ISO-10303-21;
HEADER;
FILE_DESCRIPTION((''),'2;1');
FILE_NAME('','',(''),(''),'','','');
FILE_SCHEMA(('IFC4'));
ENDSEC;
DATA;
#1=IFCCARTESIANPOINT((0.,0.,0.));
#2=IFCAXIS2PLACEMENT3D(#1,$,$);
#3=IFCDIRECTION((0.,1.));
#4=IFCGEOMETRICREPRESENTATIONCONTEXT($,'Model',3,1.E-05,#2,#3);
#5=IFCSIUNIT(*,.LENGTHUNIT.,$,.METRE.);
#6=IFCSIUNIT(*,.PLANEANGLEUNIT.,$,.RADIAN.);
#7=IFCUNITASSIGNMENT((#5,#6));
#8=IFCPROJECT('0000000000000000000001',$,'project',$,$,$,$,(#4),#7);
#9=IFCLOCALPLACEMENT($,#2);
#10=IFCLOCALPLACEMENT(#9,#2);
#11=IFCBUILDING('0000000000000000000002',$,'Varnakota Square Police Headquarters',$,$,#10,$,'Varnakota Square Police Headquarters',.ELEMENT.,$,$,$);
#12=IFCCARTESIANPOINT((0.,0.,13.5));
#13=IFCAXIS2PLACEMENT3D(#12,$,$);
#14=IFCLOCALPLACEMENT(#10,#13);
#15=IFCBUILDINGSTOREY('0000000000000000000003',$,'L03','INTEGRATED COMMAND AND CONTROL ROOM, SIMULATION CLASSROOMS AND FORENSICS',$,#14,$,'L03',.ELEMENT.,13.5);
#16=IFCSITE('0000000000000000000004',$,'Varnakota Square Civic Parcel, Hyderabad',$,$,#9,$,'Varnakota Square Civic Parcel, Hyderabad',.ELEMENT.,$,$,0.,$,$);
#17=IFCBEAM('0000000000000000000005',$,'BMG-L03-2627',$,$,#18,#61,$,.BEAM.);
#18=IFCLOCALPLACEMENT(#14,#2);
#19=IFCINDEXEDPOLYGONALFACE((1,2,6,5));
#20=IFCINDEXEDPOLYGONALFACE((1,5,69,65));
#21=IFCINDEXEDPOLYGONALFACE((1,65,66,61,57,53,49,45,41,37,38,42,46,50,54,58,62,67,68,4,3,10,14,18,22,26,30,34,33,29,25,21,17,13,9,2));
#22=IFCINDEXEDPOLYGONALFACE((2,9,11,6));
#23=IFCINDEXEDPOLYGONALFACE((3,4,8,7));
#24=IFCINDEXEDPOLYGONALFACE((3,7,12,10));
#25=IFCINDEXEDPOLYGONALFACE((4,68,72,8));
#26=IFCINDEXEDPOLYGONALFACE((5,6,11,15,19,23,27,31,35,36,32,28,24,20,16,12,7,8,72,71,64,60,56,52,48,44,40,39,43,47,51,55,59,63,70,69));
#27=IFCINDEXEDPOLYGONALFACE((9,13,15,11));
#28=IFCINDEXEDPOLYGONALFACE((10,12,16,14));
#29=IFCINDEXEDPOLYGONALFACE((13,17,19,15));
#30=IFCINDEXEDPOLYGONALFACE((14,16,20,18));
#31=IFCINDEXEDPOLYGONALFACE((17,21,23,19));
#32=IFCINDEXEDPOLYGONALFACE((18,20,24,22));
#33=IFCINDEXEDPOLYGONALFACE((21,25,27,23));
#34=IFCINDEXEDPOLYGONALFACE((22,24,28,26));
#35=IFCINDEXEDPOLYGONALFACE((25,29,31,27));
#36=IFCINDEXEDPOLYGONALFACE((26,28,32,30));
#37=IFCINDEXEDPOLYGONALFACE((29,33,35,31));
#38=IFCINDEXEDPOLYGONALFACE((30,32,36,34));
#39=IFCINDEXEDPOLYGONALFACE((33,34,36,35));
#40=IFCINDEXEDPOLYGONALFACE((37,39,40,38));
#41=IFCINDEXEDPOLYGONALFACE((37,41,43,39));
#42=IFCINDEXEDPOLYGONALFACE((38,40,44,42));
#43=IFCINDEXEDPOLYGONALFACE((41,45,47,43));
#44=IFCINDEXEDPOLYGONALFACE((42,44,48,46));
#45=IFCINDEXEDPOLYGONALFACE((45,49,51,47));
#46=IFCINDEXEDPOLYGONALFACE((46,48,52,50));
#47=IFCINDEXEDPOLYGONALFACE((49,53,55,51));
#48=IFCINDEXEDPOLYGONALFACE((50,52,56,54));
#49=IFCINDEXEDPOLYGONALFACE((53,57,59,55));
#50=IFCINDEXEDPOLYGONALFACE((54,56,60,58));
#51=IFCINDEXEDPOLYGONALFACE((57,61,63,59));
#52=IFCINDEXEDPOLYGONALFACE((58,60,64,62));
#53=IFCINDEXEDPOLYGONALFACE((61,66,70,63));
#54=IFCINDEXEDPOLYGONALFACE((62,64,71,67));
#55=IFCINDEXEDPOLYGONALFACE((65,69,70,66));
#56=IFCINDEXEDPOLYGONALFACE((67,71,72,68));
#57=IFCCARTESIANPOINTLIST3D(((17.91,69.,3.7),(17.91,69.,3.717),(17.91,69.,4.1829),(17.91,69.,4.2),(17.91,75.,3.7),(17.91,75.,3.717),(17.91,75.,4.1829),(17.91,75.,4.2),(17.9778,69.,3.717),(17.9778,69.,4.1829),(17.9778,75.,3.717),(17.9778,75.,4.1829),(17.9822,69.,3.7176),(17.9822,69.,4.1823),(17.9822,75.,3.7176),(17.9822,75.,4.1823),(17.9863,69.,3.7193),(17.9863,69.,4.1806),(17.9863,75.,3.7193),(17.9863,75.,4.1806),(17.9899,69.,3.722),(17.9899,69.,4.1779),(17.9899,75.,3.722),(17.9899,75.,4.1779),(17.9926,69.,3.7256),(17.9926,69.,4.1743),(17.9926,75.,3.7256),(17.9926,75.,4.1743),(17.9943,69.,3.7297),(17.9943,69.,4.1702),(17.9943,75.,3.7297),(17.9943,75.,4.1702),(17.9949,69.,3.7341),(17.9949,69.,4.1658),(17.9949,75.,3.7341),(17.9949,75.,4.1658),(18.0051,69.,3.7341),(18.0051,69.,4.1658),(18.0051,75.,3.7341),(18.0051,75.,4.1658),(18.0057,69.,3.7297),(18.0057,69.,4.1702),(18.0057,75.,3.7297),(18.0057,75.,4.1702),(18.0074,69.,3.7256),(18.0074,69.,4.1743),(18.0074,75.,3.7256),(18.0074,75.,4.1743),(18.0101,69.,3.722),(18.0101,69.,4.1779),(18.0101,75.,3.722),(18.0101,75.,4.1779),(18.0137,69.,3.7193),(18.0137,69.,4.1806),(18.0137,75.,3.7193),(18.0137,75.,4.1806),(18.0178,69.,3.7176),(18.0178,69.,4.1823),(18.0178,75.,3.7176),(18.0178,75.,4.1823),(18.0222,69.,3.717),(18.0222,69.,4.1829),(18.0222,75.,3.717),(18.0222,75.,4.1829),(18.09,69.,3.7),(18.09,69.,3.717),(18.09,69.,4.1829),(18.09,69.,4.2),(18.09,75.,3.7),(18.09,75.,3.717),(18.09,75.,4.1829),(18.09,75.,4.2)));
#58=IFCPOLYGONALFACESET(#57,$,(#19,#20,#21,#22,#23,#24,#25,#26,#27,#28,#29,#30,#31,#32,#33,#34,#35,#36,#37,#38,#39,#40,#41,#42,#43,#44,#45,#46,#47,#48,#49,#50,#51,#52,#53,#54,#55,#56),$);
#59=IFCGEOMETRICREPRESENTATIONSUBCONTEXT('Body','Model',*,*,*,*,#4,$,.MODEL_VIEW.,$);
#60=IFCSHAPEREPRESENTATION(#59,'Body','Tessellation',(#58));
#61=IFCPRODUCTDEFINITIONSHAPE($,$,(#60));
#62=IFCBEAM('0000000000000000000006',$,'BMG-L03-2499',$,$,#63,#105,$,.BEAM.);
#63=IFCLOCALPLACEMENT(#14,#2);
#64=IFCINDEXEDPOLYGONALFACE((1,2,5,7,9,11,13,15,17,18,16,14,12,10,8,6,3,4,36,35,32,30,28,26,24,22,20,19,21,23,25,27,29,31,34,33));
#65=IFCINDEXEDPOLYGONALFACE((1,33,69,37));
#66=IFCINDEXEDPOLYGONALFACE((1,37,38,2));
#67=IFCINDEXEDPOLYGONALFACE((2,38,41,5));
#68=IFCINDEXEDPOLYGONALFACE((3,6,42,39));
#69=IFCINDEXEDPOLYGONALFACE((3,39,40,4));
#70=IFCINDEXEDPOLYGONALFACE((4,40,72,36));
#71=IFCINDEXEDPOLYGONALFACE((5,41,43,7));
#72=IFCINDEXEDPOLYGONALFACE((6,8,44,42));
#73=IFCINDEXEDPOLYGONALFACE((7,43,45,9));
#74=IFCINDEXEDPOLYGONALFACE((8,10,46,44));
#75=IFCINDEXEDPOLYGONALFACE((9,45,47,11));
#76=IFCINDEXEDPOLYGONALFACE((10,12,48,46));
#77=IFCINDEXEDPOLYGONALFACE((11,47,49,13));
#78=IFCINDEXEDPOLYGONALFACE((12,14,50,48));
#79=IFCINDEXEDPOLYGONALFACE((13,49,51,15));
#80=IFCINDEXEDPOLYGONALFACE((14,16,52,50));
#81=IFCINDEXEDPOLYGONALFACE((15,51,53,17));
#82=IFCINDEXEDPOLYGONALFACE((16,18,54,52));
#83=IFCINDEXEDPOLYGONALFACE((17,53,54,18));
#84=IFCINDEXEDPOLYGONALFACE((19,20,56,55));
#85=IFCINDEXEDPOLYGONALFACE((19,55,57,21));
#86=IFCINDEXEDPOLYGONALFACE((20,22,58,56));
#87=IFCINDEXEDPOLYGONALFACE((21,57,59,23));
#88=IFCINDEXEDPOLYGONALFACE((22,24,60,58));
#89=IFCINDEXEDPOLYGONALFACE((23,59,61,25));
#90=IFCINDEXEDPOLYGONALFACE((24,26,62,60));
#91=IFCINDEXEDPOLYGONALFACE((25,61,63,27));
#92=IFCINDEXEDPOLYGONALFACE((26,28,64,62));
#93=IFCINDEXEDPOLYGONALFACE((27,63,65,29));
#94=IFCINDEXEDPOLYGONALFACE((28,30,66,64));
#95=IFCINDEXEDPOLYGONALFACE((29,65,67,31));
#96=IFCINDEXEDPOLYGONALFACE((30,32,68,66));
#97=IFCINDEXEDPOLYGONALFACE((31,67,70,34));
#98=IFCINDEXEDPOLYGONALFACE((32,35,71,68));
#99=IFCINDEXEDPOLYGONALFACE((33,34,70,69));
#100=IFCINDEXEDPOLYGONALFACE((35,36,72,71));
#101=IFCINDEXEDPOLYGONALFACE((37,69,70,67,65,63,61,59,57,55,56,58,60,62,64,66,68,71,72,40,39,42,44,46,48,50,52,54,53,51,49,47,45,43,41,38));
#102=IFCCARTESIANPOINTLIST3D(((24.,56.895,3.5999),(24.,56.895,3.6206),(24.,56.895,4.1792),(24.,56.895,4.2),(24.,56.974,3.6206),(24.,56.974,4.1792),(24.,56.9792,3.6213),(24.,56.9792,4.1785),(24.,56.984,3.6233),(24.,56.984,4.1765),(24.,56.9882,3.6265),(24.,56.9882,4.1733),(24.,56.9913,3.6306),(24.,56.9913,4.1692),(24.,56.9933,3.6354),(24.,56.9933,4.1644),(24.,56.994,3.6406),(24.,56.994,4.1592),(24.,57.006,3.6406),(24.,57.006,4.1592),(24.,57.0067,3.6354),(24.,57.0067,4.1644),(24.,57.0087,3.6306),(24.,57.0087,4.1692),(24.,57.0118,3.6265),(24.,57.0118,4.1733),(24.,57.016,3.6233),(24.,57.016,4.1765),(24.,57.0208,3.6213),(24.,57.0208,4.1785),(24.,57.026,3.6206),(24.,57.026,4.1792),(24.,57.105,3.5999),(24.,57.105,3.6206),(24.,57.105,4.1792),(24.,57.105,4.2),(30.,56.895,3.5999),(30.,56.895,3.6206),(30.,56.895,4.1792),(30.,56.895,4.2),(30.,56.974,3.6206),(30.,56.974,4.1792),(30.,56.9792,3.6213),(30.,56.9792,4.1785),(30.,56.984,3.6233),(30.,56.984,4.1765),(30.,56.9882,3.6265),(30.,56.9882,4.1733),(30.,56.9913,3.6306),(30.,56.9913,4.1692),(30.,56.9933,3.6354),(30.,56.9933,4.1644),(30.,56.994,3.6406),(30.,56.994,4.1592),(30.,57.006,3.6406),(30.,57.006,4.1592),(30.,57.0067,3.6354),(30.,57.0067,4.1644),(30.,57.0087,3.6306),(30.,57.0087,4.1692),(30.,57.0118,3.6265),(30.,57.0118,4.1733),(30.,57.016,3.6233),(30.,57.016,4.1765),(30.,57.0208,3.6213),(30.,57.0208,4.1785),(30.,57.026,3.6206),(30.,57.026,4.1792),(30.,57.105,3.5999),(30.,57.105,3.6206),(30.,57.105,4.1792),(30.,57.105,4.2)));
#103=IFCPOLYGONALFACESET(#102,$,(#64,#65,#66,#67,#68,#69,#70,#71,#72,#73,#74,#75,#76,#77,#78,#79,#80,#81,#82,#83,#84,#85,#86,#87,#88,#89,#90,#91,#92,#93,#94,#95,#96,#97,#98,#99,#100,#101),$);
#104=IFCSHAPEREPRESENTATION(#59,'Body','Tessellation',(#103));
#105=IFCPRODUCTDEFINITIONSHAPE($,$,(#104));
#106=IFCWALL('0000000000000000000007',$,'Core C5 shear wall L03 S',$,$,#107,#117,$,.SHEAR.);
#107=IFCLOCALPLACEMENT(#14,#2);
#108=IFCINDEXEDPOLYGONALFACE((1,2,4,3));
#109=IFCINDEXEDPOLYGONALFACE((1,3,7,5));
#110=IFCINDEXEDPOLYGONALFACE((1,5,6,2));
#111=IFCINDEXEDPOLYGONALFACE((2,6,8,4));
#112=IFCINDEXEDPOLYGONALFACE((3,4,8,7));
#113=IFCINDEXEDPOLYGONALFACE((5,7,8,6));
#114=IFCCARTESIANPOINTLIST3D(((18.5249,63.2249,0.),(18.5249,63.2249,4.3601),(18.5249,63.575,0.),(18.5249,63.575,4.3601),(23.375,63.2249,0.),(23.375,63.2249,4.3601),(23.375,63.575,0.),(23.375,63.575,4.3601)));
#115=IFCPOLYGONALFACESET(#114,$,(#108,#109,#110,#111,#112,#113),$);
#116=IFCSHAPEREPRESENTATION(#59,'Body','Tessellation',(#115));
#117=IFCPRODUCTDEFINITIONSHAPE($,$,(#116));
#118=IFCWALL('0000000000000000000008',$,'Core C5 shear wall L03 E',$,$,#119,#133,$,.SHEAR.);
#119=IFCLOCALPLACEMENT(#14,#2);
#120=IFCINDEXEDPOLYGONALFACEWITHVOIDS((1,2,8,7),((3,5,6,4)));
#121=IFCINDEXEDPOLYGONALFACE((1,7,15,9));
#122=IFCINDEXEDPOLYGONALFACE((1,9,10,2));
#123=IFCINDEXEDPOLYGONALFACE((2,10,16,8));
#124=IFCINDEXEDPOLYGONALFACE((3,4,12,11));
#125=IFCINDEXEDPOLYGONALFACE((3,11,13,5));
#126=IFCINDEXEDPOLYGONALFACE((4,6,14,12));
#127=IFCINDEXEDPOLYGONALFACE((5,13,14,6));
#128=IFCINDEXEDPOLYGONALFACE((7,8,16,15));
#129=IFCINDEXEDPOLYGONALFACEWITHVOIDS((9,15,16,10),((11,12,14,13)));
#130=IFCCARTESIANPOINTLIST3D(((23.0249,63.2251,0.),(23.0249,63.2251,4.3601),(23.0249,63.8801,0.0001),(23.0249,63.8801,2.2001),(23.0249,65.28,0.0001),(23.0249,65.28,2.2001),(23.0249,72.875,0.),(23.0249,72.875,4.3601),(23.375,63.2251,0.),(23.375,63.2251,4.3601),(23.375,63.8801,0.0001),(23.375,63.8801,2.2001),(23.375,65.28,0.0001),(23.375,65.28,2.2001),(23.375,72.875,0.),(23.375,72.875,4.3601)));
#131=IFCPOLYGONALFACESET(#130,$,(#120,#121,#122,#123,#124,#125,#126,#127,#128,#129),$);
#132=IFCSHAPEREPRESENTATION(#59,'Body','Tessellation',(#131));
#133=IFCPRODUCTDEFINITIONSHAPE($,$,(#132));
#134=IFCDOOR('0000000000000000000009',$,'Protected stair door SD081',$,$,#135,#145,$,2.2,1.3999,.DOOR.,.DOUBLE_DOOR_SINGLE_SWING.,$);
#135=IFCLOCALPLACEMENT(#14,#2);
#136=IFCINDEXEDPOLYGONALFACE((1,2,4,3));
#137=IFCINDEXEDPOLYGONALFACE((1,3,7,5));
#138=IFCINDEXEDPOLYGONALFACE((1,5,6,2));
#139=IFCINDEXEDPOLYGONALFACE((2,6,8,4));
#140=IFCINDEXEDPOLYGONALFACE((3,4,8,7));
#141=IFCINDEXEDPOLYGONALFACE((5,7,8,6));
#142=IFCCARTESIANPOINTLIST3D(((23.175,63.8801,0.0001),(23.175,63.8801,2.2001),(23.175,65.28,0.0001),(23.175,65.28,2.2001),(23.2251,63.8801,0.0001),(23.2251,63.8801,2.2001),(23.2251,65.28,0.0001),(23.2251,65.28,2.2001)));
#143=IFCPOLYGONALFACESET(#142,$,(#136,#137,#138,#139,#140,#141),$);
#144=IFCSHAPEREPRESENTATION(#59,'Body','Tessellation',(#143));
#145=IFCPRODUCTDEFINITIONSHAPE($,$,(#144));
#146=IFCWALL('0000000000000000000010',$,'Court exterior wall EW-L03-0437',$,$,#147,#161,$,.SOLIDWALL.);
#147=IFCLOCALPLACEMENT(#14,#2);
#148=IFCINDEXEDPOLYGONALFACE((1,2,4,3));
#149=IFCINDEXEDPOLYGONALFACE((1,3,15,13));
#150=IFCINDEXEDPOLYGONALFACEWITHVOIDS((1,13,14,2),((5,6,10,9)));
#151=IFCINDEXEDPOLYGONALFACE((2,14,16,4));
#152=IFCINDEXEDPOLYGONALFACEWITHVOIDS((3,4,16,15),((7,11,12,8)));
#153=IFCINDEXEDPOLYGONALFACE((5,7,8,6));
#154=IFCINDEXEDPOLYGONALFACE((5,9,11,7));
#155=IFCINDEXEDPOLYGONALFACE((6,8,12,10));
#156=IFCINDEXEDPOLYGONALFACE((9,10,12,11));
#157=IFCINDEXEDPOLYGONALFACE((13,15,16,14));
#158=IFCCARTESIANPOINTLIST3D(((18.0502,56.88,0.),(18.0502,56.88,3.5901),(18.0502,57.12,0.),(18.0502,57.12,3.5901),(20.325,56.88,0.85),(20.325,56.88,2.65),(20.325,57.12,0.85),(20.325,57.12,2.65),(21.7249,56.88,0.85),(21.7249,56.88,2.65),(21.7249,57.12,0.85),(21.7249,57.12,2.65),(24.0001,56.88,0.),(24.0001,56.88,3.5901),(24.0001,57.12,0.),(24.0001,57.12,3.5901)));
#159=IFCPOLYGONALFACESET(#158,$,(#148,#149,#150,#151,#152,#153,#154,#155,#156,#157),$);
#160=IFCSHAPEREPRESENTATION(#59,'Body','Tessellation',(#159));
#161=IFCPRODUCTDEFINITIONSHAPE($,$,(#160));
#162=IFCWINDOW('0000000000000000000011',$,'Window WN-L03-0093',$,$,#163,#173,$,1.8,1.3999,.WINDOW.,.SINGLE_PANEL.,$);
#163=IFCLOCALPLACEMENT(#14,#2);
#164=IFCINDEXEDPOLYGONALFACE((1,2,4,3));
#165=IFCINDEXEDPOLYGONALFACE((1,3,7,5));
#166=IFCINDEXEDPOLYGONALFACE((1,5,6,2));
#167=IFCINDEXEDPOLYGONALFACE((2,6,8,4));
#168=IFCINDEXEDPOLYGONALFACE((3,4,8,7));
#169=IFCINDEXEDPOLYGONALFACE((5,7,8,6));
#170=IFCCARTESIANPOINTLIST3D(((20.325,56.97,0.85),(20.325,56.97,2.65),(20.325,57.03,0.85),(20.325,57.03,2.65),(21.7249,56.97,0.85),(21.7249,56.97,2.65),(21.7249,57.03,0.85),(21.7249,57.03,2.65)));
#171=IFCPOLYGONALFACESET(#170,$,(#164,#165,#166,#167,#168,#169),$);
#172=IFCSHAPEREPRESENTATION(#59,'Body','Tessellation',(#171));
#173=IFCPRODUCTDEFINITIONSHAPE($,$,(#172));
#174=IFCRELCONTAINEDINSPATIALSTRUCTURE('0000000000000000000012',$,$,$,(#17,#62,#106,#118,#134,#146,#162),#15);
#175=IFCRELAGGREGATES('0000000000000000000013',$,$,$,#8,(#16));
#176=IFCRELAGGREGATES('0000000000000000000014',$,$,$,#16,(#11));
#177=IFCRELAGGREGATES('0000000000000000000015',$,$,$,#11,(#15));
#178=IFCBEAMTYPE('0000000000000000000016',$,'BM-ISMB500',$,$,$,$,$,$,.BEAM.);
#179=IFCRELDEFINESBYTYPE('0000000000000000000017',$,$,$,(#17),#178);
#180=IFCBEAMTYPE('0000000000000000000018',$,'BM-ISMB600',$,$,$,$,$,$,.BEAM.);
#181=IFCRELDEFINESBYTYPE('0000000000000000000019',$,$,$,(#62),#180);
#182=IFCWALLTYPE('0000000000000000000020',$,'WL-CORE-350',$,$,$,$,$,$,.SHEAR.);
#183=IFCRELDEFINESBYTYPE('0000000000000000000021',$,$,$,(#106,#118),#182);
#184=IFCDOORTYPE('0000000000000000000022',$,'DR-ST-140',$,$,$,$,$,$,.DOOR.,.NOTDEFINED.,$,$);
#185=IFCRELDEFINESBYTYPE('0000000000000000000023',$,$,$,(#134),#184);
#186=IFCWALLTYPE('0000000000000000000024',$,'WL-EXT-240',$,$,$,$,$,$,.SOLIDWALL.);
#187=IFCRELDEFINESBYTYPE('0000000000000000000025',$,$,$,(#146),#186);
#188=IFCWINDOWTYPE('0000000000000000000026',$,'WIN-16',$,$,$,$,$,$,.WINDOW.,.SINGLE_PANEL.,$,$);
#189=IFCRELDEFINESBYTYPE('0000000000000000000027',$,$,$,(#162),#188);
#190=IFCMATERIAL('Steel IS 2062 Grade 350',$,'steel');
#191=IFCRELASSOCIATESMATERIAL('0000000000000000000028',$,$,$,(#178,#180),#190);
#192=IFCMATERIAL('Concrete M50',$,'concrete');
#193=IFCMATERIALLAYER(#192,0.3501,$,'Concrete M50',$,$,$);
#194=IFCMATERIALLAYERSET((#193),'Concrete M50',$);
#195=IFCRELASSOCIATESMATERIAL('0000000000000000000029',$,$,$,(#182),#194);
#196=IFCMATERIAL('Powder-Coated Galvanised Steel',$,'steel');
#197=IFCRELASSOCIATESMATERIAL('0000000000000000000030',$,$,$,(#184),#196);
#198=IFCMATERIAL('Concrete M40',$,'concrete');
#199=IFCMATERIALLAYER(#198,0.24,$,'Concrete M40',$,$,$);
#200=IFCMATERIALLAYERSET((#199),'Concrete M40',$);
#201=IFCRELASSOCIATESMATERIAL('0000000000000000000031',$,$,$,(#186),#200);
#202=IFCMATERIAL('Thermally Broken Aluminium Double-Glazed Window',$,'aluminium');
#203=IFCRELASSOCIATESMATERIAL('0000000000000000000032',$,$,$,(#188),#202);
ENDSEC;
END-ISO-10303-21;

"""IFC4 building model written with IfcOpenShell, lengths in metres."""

from ifc_helpers import new_model, si_unit, direction, frame, frame_2d, origin, origin_2d, place, context, subcontext, project, spatial, rectangle, i_section, extrude, material, layer, layer_set, material_profile, profile_set, type_object, element, fill, save


model = new_model("IFC4")

# Units and contexts
model_context = context("Model", 3, precision=1e-05, world=origin(), true_north=direction((0.0, 1.0)))
body_context = subcontext(model_context, "Body", "Model", "MODEL_VIEW")
ifc_project = project(units=[si_unit("LENGTHUNIT", "METRE"), si_unit("PLANEANGLEUNIT", "RADIAN")], contexts=[model_context])

# Site, building, storey
site_placement = place(None, origin())
site = spatial("IfcSite", under=ifc_project, at=site_placement, Name="Varnakota Square Civic Parcel, Hyderabad", LongName="Varnakota Square Civic Parcel, Hyderabad", CompositionType="ELEMENT", RefElevation=0.0)
building_placement = place(site_placement, origin())
building = spatial("IfcBuilding", under=site, at=building_placement, Name="Varnakota Square Police Headquarters", LongName="Varnakota Square Police Headquarters", CompositionType="ELEMENT")
storey_placement = place(building_placement, frame((0.0, 0.0, 13.5)))
storey = spatial("IfcBuildingStorey", under=building, at=storey_placement, Name="L03", Description="INTEGRATED COMMAND AND CONTROL ROOM, SIMULATION CLASSROOMS AND FORENSICS", LongName="L03", CompositionType="ELEMENT", Elevation=13.5)

# Shared definitions
ifc_material_1 = material(Name="Steel IS 2062 Grade 350", Category="steel")

# Beams
ifc_material_profile_1 = material_profile(ifc_material_1, i_section(OverallWidth=0.1799, OverallDepth=0.5, WebThickness=0.0103, FlangeThickness=0.0171, FilletRadius=0.0171, at=origin_2d()), Name="ISMB 500")
ifc_profile_set_1 = profile_set([ifc_material_profile_1], Name="Steel IS 2062 Grade 350")
beam_type_1 = type_object("IfcBeamType", Name="BM-ISMB500", PredefinedType="BEAM", material=ifc_profile_set_1)
beam_1_placement = place(storey_placement, frame((18.0, 69.0, 3.95), z_axis=(0.0, 1.0, 0.0), x_axis=(-1.0, 0.0, 0.0)))
element("IfcBeam", 1, at=beam_1_placement, inside=storey, type_object=beam_type_1, Name="BMG-L03-2627", PredefinedType="BEAM", context=body_context, shape_type="SweptSolid", body=[
    extrude(i_section(OverallWidth=0.1799, OverallDepth=0.5, WebThickness=0.0103, FlangeThickness=0.0171, FilletRadius=0.0171, at=origin_2d()), origin(), (0.0, 0.0, 1.0), 6.0),
])
ifc_material_profile_2 = material_profile(ifc_material_1, i_section(OverallWidth=0.21, OverallDepth=0.6001, WebThickness=0.012, FlangeThickness=0.0208, FilletRadius=0.02, at=origin_2d()), Name="ISMB 600")
ifc_profile_set_2 = profile_set([ifc_material_profile_2], Name="Steel IS 2062 Grade 350")
beam_type_2 = type_object("IfcBeamType", Name="BM-ISMB600", PredefinedType="BEAM", material=ifc_profile_set_2)
beam_2_placement = place(storey_placement, frame((24.0, 57.0, 3.8999), z_axis=(1.0, 0.0, 0.0), x_axis=(0.0, 1.0, 0.0)))
element("IfcBeam", 2, at=beam_2_placement, inside=storey, type_object=beam_type_2, Name="BMG-L03-2499", PredefinedType="BEAM", context=body_context, shape_type="SweptSolid", body=[
    extrude(i_section(OverallWidth=0.21, OverallDepth=0.6001, WebThickness=0.012, FlangeThickness=0.0208, FilletRadius=0.02, at=origin_2d()), origin(), (0.0, 0.0, 1.0), 6.0),
])

# Wall
ifc_material_2 = material(Name="Concrete M50", Category="concrete")
ifc_layer_1 = layer(ifc_material_2, 0.3501, Name="Concrete M50")
ifc_layer_set_1 = layer_set([ifc_layer_1], Name="Concrete M50")
wall_type_1 = type_object("IfcWallType", Name="WL-CORE-350", PredefinedType="SHEAR", material=ifc_layer_set_1)
wall_1_placement = place(storey_placement, frame((18.5249, 63.3999, 0.0), z_axis=(0.0, 0.0, 1.0), x_axis=(1.0, 0.0, 0.0)))
element("IfcWall", 3, at=wall_1_placement, inside=storey, type_object=wall_type_1, Name="Core C5 shear wall L03 S", PredefinedType="SHEAR", context=body_context, shape_type="SweptSolid", body=[
    extrude(rectangle(XDim=4.8501, YDim=0.3501, at=frame_2d((2.425, 0.0))), origin(), (0.0, 0.0, 1.0), 4.3601),
])

# Wall, opening, door
wall_2_placement = place(storey_placement, frame((23.2, 63.2251, 0.0), z_axis=(0.0, 0.0, 1.0), x_axis=(0.0, 1.0, 0.0)))
wall_2 = element("IfcWall", 4, at=wall_2_placement, inside=storey, type_object=wall_type_1, Name="Core C5 shear wall L03 E", PredefinedType="SHEAR", context=body_context, shape_type="SweptSolid", body=[
    extrude(rectangle(XDim=9.6499, YDim=0.3501, at=frame_2d((4.825, 0.0))), origin(), (0.0, 0.0, 1.0), 4.3601),
])
opening_1_placement = place(wall_2_placement, frame((0.655, 0.0, 0.0)))
opening_1 = element("IfcOpeningElement", 5, at=opening_1_placement, cuts=wall_2, PredefinedType="OPENING", context=body_context, shape_type="SweptSolid", body=[
    extrude(rectangle(XDim=1.3999, YDim=2.2, at=frame_2d((0.7, 1.1001))), frame((0.0, 0.1851, 0.0), z_axis=(0.0, -1.0, 0.0), x_axis=(1.0, 0.0, 0.0)), (0.0, 0.0, 1.0), 0.3701),
])
ifc_material_3 = material(Name="Powder-Coated Galvanised Steel", Category="steel")
door_type = type_object("IfcDoorType", Name="DR-ST-140", OperationType="NOTDEFINED", PredefinedType="DOOR", material=ifc_material_3)
door_placement = place(opening_1_placement, origin())
door = element("IfcDoor", 6, at=door_placement, inside=storey, type_object=door_type, Name="Protected stair door SD081", OperationType="DOUBLE_DOOR_SINGLE_SWING", OverallHeight=2.2, OverallWidth=1.3999, PredefinedType="DOOR", context=body_context, shape_type="SweptSolid", body=[
    extrude(rectangle(XDim=1.3999, YDim=2.2, at=frame_2d((0.7, 1.1001))), frame((0.0, 0.0249, 0.0), z_axis=(0.0, -1.0, 0.0), x_axis=(1.0, 0.0, 0.0)), (0.0, 0.0, 1.0), 0.05),
])
fill(opening_1, door)

# Wall, opening, window
ifc_material_4 = material(Name="Concrete M40", Category="concrete")
ifc_layer_2 = layer(ifc_material_4, 0.24, Name="Concrete M40")
ifc_layer_set_2 = layer_set([ifc_layer_2], Name="Concrete M40")
wall_type_2 = type_object("IfcWallType", Name="WL-EXT-240", PredefinedType="SOLIDWALL", material=ifc_layer_set_2)
wall_3_placement = place(storey_placement, frame((18.05, 57.0, 0.0), z_axis=(0.0, 0.0, 1.0), x_axis=(1.0, 0.0, 0.0)))
wall_3 = element("IfcWall", 7, at=wall_3_placement, inside=storey, type_object=wall_type_2, Name="Court exterior wall EW-L03-0437", PredefinedType="SOLIDWALL", context=body_context, shape_type="SweptSolid", body=[
    extrude(rectangle(XDim=5.95, YDim=0.24, at=frame_2d((2.9751, 0.0))), origin(), (0.0, 0.0, 1.0), 3.5901),
])
opening_2_placement = place(wall_3_placement, frame((2.2749, 0.0, 0.8501)))
opening_2 = element("IfcOpeningElement", 8, at=opening_2_placement, cuts=wall_3, PredefinedType="OPENING", context=body_context, shape_type="SweptSolid", body=[
    extrude(rectangle(XDim=1.3999, YDim=1.8, at=frame_2d((0.7, 0.8999))), frame((0.0, 0.1299, 0.0), z_axis=(0.0, -1.0, 0.0), x_axis=(1.0, 0.0, 0.0)), (0.0, 0.0, 1.0), 0.26),
])
ifc_material_5 = material(Name="Thermally Broken Aluminium Double-Glazed Window", Category="aluminium")
window_type = type_object("IfcWindowType", Name="WIN-16", PartitioningType="SINGLE_PANEL", PredefinedType="WINDOW", material=ifc_material_5)
window_1_placement = place(opening_2_placement, origin())
window_1 = element("IfcWindow", 9, at=window_1_placement, inside=storey, type_object=window_type, Name="Window WN-L03-0093", OverallHeight=1.8, OverallWidth=1.3999, PartitioningType="SINGLE_PANEL", PredefinedType="WINDOW", context=body_context, shape_type="SweptSolid", body=[
    extrude(rectangle(XDim=1.3999, YDim=1.8, at=frame_2d((0.7, 0.8999))), frame((0.0, 0.03, 0.0), z_axis=(0.0, -1.0, 0.0), x_axis=(1.0, 0.0, 0.0)), (0.0, 0.0, 1.0), 0.0601),
])
fill(opening_2, window_1)

save(model, "model.ifc")
